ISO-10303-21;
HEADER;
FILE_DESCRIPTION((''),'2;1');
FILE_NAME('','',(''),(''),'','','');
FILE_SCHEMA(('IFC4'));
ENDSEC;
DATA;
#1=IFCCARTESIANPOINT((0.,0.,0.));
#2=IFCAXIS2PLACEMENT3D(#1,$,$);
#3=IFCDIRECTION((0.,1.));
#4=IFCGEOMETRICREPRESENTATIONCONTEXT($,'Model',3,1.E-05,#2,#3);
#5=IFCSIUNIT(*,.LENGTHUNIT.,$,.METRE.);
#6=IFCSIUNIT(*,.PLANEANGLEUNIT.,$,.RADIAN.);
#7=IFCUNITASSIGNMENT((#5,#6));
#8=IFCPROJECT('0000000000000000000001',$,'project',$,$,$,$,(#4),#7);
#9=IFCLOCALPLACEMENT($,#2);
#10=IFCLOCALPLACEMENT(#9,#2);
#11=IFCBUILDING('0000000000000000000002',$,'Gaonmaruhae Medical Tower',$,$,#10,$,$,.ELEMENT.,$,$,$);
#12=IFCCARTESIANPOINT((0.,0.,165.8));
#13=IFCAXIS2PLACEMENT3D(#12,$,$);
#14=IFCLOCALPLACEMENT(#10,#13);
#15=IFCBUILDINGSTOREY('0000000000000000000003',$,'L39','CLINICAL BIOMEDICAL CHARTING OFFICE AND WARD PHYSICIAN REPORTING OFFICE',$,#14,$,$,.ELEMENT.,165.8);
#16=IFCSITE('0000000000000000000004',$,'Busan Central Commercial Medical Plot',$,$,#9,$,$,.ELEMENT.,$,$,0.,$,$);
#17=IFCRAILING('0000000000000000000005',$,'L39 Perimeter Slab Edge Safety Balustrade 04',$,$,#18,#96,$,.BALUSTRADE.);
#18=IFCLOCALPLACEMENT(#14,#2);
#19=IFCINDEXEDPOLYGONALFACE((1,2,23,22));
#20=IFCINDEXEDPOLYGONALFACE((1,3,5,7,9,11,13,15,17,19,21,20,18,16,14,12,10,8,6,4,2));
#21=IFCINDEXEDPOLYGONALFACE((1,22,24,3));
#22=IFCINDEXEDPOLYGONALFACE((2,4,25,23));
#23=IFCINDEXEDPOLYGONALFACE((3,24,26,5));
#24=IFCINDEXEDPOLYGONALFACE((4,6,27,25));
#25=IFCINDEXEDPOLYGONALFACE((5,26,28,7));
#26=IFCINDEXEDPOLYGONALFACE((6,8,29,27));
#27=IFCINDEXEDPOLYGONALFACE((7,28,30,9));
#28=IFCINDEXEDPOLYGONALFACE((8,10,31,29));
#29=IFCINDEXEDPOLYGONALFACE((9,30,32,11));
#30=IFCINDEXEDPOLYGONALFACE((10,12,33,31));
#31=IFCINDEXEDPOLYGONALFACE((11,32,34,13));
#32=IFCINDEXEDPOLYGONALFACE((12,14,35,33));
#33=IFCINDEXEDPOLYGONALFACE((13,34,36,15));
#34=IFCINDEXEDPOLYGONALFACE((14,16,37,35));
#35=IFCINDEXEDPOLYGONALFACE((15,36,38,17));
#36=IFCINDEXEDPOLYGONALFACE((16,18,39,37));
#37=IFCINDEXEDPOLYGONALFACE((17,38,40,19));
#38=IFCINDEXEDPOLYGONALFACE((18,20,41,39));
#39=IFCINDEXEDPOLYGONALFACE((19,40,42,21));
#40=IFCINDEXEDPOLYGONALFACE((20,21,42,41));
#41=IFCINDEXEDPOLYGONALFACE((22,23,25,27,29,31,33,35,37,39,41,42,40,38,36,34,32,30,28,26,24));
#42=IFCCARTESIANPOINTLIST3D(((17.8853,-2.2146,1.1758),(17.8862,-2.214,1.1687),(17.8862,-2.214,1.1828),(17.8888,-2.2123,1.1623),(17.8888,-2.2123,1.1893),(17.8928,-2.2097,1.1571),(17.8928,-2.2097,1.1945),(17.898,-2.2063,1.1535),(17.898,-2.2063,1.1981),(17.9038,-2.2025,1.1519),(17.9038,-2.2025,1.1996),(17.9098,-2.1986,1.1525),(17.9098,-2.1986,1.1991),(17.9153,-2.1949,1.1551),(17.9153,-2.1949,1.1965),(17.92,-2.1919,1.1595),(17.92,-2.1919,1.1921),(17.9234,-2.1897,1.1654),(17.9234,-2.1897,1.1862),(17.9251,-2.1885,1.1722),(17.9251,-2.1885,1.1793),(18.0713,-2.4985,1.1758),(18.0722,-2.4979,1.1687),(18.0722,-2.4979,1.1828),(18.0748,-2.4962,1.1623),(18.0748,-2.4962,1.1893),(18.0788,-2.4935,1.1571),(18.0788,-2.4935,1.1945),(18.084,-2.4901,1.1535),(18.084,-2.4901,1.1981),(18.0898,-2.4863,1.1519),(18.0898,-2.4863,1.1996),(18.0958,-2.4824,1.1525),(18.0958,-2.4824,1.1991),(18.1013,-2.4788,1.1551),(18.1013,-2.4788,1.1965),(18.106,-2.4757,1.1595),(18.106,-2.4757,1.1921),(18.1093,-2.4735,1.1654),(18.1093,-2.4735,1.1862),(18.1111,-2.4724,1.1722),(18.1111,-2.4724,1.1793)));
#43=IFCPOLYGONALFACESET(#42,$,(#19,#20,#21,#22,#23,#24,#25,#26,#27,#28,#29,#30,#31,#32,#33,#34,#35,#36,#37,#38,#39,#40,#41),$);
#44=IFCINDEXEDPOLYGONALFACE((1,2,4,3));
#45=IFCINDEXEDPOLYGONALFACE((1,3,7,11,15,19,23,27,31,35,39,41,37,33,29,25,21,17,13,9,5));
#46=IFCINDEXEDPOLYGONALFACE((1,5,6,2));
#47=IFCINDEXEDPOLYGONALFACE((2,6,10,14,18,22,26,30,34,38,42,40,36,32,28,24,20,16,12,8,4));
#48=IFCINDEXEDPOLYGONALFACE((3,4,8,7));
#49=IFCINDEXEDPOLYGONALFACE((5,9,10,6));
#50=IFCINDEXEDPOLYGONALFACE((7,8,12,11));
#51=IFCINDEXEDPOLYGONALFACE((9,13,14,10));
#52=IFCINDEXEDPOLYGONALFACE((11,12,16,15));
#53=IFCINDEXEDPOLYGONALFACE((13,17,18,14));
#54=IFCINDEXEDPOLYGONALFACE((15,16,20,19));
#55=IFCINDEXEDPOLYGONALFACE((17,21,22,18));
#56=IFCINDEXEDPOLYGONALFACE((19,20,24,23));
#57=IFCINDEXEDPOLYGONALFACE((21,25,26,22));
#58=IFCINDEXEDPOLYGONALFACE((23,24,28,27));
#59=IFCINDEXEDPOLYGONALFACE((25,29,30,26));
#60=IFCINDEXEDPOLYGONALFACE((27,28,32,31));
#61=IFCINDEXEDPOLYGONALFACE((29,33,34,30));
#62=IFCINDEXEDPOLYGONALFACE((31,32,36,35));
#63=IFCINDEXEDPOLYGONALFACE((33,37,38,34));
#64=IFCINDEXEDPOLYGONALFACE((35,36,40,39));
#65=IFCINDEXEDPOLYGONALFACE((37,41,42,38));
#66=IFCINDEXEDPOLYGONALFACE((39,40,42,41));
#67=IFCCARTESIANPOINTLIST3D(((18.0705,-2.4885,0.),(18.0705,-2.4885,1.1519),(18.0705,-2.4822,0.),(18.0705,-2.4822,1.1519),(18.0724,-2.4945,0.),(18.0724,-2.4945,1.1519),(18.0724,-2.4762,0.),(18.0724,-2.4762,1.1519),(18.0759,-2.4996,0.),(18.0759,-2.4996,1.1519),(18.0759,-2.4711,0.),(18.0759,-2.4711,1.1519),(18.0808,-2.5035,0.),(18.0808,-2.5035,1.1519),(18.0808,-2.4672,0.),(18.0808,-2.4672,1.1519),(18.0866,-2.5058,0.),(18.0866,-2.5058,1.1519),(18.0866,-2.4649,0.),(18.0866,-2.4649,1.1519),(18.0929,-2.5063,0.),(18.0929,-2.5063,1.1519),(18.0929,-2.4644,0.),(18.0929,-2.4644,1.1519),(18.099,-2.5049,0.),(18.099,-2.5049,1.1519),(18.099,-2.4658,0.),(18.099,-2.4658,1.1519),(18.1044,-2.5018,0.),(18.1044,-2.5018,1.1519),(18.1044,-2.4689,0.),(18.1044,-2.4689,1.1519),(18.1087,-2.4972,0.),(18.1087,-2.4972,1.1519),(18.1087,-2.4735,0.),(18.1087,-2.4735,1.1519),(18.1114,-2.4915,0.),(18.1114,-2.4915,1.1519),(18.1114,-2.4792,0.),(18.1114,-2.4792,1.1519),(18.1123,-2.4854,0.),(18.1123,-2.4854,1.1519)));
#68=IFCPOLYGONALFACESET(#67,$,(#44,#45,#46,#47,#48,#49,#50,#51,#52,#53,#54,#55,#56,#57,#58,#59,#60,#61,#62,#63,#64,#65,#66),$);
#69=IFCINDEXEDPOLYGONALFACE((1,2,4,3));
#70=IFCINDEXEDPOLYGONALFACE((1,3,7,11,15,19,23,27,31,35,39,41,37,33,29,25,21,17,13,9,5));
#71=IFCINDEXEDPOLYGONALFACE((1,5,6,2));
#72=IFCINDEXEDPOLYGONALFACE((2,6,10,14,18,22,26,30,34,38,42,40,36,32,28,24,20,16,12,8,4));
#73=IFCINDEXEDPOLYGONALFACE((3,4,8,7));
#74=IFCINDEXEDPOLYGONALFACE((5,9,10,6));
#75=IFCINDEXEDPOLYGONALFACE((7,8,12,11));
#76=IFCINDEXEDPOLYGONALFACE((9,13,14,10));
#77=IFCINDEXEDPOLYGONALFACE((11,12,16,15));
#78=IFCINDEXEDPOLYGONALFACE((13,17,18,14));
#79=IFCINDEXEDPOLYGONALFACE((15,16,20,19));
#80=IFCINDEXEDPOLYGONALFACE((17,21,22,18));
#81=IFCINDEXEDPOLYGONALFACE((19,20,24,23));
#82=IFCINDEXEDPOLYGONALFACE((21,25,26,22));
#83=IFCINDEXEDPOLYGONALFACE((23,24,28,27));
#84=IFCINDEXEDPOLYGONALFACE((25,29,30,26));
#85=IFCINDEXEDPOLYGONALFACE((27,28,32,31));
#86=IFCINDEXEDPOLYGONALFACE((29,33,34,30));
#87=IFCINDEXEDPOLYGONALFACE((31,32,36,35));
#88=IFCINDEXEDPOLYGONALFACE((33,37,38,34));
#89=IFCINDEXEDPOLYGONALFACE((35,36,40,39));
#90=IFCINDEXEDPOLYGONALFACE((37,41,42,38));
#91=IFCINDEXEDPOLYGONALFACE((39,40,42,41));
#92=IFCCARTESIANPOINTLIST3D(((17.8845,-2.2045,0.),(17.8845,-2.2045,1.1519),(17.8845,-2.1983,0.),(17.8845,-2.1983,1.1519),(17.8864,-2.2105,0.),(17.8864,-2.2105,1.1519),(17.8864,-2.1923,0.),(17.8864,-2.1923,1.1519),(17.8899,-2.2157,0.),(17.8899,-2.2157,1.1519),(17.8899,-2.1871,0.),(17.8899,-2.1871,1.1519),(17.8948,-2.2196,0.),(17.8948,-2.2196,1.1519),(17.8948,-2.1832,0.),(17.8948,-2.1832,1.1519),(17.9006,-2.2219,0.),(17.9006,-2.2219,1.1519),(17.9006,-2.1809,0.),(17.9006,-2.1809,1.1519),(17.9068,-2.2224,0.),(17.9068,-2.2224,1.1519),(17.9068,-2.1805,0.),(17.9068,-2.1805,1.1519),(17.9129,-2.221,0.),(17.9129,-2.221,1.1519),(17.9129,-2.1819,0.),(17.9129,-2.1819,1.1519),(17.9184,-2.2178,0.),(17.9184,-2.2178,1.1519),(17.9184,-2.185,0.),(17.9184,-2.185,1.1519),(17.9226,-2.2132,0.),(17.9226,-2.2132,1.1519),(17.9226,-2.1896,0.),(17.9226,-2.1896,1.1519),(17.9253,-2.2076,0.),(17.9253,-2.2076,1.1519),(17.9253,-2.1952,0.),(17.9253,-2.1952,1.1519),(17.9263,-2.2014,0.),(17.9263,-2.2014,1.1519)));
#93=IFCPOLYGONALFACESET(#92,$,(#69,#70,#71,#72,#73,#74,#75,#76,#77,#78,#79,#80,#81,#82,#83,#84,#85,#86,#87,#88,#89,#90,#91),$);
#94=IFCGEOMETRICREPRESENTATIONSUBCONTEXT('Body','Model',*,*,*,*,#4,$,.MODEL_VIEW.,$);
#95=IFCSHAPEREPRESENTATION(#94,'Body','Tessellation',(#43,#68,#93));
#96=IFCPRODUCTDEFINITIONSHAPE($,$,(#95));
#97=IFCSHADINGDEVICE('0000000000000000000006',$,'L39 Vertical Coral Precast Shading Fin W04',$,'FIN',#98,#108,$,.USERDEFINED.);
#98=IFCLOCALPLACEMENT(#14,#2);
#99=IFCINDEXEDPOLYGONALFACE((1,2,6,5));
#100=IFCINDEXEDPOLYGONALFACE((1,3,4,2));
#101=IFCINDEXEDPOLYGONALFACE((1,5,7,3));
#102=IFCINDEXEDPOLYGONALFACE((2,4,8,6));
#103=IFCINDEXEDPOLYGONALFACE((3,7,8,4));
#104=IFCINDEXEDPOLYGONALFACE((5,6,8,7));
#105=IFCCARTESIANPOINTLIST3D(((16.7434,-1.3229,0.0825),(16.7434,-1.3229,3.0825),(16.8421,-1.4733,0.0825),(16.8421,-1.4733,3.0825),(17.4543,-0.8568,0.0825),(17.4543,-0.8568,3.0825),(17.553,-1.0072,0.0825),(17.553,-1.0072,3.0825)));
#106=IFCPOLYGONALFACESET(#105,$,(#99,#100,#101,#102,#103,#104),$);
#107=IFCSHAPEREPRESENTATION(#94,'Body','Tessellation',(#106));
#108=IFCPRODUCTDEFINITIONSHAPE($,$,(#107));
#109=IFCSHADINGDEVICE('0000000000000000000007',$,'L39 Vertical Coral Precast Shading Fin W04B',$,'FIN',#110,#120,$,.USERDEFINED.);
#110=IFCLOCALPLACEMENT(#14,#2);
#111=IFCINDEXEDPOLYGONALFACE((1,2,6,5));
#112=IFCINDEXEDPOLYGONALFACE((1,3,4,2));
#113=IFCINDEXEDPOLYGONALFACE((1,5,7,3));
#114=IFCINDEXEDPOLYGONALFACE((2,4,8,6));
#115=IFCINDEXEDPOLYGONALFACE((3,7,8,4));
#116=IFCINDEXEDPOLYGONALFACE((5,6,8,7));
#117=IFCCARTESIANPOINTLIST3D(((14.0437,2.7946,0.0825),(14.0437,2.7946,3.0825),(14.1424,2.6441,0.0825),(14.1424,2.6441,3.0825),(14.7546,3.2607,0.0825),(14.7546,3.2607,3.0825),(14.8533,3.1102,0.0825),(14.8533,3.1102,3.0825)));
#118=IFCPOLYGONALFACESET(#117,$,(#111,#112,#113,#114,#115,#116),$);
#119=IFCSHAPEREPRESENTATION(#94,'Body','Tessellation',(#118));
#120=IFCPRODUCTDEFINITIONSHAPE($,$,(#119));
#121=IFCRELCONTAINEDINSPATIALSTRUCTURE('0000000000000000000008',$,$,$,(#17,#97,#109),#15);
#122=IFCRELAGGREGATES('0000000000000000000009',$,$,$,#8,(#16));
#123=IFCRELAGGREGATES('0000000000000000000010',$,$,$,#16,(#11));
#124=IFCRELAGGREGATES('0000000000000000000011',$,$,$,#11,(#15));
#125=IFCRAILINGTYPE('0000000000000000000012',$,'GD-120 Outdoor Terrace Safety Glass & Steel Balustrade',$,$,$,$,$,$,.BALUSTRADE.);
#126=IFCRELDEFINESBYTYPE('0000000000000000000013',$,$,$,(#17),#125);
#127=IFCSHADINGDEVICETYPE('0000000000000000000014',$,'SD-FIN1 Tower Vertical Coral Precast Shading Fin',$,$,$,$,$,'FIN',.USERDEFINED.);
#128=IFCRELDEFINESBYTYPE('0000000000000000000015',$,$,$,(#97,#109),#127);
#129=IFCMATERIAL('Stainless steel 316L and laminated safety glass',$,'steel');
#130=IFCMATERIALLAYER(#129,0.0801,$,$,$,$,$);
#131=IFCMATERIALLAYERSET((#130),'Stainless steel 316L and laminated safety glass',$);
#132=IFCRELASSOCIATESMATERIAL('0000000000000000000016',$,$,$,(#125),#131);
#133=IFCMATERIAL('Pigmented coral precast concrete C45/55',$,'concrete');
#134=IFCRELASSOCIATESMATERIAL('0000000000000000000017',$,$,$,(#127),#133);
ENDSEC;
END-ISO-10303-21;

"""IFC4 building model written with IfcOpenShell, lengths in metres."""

from ifc_helpers import new_model, si_unit, direction, frame, origin, origin_2d, place, context, subcontext, project, spatial, rectangle, circle, extrude, material, layer, layer_set, type_object, element, save


model = new_model("IFC4")

# Units and contexts
model_context = context("Model", 3, precision=1e-05, world=origin(), true_north=direction((0.0, 1.0)))
body_context = subcontext(model_context, "Body", "Model", "MODEL_VIEW")
ifc_project = project(units=[si_unit("LENGTHUNIT", "METRE"), si_unit("PLANEANGLEUNIT", "RADIAN")], contexts=[model_context])

# Site, building, storey
site_placement = place(None, origin())
site = spatial("IfcSite", under=ifc_project, at=site_placement, Name="Busan Central Commercial Medical Plot", CompositionType="ELEMENT", RefElevation=0.0)
building_placement = place(site_placement, origin())
building = spatial("IfcBuilding", under=site, at=building_placement, Name="Gaonmaruhae Medical Tower", CompositionType="ELEMENT")
storey_placement = place(building_placement, frame((0.0, 0.0, 165.8)))
storey = spatial("IfcBuildingStorey", under=building, at=storey_placement, Name="L39", Description="CLINICAL BIOMEDICAL CHARTING OFFICE AND WARD PHYSICIAN REPORTING OFFICE", CompositionType="ELEMENT", Elevation=165.8)

# Railing
ifc_material_1 = material(Name="Stainless steel 316L and laminated safety glass", Category="steel")
ifc_layer_1 = layer(ifc_material_1, 0.0801)
ifc_layer_set_1 = layer_set([ifc_layer_1], Name="Stainless steel 316L and laminated safety glass")
railing_type = type_object("IfcRailingType", Name="GD-120 Outdoor Terrace Safety Glass & Steel Balustrade", PredefinedType="BALUSTRADE", material=ifc_layer_set_1)
railing_placement = place(storey_placement, frame((18.0913, -2.4854, 0.0)))
element("IfcRailing", 1, at=railing_placement, inside=storey, type_object=railing_type, Name="L39 Perimeter Slab Edge Safety Balustrade 04", PredefinedType="BALUSTRADE", context=body_context, shape_type="SweptSolid", body=[
    extrude(circle(Radius=0.0239, at=origin_2d()), frame((0.0, 0.0, 1.1758), z_axis=(-0.548044, 0.83645, 0.0), x_axis=(-0.83645, -0.548044, 0.0)), (0.0, 0.0, 1.0), 0.3394),
    extrude(circle(Radius=0.021, at=origin_2d()), origin(), (0.0, 0.0, 1.0), 1.1519),
    extrude(circle(Radius=0.021, at=origin_2d()), frame((-0.186, 0.2839, 0.0)), (0.0, 0.0, 1.0), 1.1519),
])

# Shading devices
ifc_material_2 = material(Name="Pigmented coral precast concrete C45/55", Category="concrete")
shading_device_type = type_object("IfcShadingDeviceType", Name="SD-FIN1 Tower Vertical Coral Precast Shading Fin", ElementType="FIN", PredefinedType="USERDEFINED", material=ifc_material_2)
for number, where, z_axis, x_axis, name in (
    (2, (17.1482, -1.165, 0.0825), (0.0, 0.0, 1.0), (-0.548293, 0.836286, 0.0), "L39 Vertical Coral Precast Shading Fin W04"),
    (3, (14.4485, 2.9524, 0.0825), (0.0, 0.0, 1.0), (-0.548293, 0.836286, 0.0), "L39 Vertical Coral Precast Shading Fin W04B"),
):
    element("IfcShadingDevice", number, at=place(storey_placement, frame(where, z_axis=z_axis, x_axis=x_axis)), inside=storey, type_object=shading_device_type, Name=name, ObjectType="FIN", PredefinedType="USERDEFINED", context=body_context, shape_type="SweptSolid", body=[
        extrude(rectangle(XDim=0.1799, YDim=0.8501, at=origin_2d()), origin(), (0.0, 0.0, 1.0), 3.0),
    ])

save(model, "model.ifc")
